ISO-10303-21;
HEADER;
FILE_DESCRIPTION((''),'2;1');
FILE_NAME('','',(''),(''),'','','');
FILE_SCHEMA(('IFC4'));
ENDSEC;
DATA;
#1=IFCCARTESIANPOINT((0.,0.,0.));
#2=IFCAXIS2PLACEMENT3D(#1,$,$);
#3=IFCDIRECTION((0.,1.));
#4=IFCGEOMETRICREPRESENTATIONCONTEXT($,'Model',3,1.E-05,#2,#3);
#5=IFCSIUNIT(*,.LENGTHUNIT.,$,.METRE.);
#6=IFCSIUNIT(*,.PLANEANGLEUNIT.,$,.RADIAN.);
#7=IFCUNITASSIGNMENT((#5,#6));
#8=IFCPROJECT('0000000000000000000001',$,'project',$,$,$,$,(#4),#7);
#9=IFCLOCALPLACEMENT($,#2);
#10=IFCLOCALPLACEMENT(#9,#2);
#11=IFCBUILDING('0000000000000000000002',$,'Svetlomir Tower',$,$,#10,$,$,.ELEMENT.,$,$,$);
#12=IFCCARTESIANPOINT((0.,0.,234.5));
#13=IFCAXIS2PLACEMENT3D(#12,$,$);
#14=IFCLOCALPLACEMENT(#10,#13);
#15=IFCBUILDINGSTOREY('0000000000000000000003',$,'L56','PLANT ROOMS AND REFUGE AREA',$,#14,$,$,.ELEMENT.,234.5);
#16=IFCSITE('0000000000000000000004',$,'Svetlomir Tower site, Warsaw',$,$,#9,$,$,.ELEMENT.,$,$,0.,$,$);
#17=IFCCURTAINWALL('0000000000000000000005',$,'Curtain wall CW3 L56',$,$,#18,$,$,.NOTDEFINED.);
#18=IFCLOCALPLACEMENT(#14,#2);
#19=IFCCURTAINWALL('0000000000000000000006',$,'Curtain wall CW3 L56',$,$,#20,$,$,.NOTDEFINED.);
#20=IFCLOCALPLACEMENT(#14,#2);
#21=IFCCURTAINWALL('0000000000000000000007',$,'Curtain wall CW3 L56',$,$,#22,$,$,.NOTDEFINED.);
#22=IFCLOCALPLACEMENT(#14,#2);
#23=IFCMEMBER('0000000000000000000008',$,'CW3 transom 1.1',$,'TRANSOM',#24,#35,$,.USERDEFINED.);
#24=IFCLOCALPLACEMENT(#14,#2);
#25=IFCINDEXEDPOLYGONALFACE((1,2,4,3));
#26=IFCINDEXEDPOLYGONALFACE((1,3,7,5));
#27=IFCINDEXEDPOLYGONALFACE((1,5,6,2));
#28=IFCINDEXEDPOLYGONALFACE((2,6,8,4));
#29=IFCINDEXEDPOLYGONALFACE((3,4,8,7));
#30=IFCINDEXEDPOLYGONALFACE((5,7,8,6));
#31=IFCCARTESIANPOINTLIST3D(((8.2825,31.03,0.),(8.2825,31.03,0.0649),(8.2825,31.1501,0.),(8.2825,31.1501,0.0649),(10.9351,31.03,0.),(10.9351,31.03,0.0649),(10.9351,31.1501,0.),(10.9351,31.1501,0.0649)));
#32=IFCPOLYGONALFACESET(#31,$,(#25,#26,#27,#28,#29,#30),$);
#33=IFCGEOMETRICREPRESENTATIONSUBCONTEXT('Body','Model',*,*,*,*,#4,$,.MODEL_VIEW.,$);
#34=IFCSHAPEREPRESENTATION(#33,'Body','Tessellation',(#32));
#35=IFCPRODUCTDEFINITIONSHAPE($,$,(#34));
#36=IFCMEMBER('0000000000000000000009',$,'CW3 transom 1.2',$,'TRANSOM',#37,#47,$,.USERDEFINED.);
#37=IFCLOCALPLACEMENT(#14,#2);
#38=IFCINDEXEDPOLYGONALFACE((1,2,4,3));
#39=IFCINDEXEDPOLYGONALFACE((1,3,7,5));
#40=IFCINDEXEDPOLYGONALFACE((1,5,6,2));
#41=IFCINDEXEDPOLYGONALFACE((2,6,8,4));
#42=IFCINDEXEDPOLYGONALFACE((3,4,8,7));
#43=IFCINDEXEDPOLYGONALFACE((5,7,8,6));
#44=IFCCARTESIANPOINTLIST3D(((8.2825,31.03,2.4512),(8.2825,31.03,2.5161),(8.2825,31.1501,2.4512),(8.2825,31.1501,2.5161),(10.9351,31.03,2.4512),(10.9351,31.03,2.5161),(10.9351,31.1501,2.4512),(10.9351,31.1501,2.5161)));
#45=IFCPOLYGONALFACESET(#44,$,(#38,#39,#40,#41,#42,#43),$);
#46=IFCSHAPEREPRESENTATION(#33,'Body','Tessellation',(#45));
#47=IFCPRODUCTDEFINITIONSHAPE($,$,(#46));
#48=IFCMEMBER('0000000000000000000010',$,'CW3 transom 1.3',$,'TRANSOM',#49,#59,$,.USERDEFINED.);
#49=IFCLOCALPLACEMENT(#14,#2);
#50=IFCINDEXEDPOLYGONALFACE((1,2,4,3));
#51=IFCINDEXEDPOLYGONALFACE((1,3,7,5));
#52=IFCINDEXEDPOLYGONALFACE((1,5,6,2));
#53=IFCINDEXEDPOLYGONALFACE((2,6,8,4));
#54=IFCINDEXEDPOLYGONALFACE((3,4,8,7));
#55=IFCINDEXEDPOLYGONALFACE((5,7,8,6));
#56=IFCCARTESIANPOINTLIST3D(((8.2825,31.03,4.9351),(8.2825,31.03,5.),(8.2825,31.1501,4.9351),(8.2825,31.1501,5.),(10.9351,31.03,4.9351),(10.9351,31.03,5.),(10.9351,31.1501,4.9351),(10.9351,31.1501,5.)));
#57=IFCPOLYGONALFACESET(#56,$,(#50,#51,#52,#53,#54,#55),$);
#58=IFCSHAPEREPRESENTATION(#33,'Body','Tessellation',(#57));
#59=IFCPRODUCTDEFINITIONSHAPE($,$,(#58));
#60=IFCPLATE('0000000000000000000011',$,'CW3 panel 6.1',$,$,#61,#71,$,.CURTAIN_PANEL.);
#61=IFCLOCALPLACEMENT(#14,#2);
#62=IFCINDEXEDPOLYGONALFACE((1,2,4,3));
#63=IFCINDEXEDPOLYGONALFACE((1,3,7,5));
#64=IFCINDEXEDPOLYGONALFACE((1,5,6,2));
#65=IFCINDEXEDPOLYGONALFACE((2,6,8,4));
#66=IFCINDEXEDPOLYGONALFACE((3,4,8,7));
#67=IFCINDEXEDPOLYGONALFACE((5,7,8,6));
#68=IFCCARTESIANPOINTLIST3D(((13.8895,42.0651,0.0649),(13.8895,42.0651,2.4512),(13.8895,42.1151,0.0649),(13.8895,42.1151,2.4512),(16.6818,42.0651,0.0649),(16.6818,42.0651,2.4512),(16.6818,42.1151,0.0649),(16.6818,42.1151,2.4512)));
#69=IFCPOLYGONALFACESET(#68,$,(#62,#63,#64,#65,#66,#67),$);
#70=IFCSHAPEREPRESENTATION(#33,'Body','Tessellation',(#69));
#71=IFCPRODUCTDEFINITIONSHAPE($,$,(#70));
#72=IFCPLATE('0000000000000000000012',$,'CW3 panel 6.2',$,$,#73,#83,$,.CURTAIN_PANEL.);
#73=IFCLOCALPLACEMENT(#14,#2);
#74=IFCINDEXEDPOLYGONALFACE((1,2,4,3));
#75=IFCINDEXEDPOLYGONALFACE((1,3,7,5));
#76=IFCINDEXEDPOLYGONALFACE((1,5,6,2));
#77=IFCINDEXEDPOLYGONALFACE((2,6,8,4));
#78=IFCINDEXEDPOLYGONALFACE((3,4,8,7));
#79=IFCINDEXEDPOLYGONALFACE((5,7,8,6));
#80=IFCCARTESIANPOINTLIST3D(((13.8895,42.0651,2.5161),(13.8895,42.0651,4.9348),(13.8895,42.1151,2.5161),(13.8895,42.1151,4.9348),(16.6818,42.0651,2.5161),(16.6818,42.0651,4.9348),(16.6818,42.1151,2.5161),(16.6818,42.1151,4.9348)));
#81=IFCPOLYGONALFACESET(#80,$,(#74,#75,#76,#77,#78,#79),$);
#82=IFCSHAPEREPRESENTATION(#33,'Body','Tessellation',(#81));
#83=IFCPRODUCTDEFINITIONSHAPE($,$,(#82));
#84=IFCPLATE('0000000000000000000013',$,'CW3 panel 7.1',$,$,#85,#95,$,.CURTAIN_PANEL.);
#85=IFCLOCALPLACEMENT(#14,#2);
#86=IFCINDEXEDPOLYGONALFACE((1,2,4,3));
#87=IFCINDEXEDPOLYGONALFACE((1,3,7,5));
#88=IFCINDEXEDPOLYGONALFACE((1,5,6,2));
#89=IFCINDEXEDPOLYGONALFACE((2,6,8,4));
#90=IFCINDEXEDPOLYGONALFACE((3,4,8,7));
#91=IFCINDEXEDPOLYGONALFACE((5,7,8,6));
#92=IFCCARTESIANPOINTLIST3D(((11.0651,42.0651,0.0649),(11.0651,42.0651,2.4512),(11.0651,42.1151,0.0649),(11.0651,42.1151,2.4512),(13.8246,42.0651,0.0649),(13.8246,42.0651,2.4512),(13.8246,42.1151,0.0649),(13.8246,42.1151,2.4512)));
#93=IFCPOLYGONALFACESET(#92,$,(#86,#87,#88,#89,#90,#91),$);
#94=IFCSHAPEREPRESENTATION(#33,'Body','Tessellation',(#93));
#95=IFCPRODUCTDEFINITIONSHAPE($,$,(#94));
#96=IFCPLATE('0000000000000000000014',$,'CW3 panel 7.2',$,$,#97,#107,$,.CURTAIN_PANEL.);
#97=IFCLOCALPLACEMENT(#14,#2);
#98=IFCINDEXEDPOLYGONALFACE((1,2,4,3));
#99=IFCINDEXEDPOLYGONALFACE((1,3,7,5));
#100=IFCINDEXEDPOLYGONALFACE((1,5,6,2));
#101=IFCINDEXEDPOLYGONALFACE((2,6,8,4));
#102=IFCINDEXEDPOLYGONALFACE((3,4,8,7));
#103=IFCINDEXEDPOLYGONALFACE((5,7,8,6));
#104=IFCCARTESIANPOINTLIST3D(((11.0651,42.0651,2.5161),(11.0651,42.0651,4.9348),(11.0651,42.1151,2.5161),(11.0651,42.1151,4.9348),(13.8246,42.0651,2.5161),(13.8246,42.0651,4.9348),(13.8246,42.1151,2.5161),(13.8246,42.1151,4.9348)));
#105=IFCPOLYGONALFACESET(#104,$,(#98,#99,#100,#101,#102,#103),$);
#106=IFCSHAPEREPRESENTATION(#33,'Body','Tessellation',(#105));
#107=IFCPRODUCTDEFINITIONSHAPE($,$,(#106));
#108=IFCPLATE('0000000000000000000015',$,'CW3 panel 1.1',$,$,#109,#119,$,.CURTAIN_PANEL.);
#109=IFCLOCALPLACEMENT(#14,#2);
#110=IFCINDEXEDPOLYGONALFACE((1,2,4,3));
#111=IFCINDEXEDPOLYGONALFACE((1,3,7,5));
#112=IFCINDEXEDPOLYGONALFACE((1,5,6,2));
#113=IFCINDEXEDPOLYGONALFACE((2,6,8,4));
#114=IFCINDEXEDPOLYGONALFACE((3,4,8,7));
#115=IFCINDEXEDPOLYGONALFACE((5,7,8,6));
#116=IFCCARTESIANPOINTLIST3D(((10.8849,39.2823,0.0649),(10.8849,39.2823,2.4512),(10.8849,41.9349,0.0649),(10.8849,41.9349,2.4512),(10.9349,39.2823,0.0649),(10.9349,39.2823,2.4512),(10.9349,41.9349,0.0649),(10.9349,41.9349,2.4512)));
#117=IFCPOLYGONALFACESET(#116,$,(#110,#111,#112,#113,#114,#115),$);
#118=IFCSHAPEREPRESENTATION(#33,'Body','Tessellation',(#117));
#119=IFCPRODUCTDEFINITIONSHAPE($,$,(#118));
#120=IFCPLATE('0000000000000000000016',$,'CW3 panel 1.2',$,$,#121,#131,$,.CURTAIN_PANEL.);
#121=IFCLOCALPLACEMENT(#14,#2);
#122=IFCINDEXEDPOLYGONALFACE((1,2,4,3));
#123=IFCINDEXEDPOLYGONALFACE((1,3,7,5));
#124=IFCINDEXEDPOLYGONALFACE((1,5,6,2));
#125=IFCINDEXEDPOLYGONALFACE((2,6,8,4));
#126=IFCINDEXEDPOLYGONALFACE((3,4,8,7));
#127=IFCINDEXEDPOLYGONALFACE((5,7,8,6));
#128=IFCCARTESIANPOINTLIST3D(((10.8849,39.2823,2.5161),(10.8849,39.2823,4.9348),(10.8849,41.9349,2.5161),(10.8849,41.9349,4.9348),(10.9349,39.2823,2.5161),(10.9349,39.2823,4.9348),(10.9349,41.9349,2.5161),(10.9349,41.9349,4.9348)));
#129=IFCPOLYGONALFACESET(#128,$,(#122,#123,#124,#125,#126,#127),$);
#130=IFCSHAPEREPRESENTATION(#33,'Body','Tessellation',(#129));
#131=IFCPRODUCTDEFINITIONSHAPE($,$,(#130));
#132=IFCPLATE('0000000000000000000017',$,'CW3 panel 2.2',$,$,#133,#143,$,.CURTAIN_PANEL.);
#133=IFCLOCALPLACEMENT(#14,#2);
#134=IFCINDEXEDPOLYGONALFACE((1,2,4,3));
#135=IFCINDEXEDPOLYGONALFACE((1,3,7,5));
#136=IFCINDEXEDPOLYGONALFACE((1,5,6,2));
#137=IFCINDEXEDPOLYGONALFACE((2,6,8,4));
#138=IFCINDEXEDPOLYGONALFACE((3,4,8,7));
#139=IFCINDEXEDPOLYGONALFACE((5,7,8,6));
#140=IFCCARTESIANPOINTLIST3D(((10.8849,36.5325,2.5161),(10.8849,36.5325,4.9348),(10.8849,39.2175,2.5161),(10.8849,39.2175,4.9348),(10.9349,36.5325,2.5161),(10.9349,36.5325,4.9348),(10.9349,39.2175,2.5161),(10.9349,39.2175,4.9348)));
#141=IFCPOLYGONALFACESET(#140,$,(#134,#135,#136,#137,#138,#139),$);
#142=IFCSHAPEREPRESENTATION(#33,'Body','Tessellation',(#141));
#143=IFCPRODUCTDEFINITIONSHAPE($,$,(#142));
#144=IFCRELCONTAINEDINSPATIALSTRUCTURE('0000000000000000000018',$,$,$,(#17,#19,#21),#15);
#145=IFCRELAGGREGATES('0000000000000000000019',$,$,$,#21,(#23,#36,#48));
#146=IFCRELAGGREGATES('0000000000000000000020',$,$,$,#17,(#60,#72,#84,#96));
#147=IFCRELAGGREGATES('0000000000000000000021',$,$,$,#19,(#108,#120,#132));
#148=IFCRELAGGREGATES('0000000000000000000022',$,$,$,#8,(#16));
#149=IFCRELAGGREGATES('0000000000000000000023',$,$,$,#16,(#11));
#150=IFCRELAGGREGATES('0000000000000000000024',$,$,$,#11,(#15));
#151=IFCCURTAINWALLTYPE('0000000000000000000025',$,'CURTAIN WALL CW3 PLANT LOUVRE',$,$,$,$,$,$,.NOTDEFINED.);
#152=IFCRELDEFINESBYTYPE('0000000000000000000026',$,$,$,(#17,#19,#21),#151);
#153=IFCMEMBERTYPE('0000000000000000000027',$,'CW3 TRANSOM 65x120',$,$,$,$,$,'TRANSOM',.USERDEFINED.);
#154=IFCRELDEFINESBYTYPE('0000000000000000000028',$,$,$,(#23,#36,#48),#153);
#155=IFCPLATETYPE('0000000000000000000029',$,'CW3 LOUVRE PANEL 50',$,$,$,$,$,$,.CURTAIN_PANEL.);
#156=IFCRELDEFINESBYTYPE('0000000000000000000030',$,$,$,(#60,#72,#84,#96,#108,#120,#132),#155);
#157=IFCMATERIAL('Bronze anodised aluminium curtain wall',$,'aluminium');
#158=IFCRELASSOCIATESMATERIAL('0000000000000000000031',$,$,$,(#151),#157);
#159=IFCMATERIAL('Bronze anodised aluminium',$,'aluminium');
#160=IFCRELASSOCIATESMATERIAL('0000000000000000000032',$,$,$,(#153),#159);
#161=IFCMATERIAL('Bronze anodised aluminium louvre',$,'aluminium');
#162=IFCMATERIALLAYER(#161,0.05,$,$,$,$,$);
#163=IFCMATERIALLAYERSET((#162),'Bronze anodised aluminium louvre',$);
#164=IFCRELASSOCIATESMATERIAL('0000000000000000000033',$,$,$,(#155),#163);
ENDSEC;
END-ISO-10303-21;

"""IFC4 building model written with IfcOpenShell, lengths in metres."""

from ifc_helpers import new_model, si_unit, direction, frame, origin, origin_2d, place, context, subcontext, project, spatial, rectangle, extrude, material, layer, layer_set, material_profile, profile_set, type_object, element, aggregate, save


model = new_model("IFC4")

# Units and contexts
model_context = context("Model", 3, precision=1e-05, world=origin(), true_north=direction((0.0, 1.0)))
body_context = subcontext(model_context, "Body", "Model", "MODEL_VIEW")
ifc_project = project(units=[si_unit("LENGTHUNIT", "METRE"), si_unit("PLANEANGLEUNIT", "RADIAN")], contexts=[model_context])

# Site, building, storey
site_placement = place(None, origin())
site = spatial("IfcSite", under=ifc_project, at=site_placement, Name="Svetlomir Tower site, Warsaw", CompositionType="ELEMENT", RefElevation=0.0)
building_placement = place(site_placement, origin())
building = spatial("IfcBuilding", under=site, at=building_placement, Name="Svetlomir Tower", CompositionType="ELEMENT")
storey_placement = place(building_placement, frame((0.0, 0.0, 234.5)))
storey = spatial("IfcBuildingStorey", under=building, at=storey_placement, Name="L56", Description="PLANT ROOMS AND REFUGE AREA", CompositionType="ELEMENT", Elevation=234.5)

# Curtain walls
ifc_material_1 = material(Name="Bronze anodised aluminium curtain wall", Category="aluminium")
curtain_wall_type = type_object("IfcCurtainWallType", Name="CURTAIN WALL CW3 PLANT LOUVRE", PredefinedType="NOTDEFINED", material=ifc_material_1)
curtain_wall_1_placement = place(storey_placement, origin())
curtain_wall_1 = element("IfcCurtainWall", 1, at=curtain_wall_1_placement, inside=storey, type_object=curtain_wall_type, Name="Curtain wall CW3 L56", PredefinedType="NOTDEFINED")
curtain_wall_2_placement = place(storey_placement, origin())
curtain_wall_2 = element("IfcCurtainWall", 2, at=curtain_wall_2_placement, inside=storey, type_object=curtain_wall_type, Name="Curtain wall CW3 L56", PredefinedType="NOTDEFINED")

# Curtain wall
curtain_wall_3_placement = place(storey_placement, origin())
curtain_wall_3 = element("IfcCurtainWall", 3, at=curtain_wall_3_placement, inside=storey, type_object=curtain_wall_type, Name="Curtain wall CW3 L56", PredefinedType="NOTDEFINED")

# Members
ifc_material_2 = material(Name="Bronze anodised aluminium", Category="aluminium")
ifc_material_profile_1 = material_profile(ifc_material_2, rectangle(XDim=0.1201, YDim=0.0649, at=origin_2d()), Name="AL 120x65")
ifc_profile_set_1 = profile_set([ifc_material_profile_1], Name="Bronze anodised aluminium 6063-T6")
member_type_1 = type_object("IfcMemberType", Name="CW3 TRANSOM 65x120", ElementType="TRANSOM", PredefinedType="USERDEFINED", material=ifc_profile_set_1)
member_1_placement = place(storey_placement, frame((10.9351, 31.0901, 0.0325), z_axis=(-1.0, 0.0, 0.0), x_axis=(0.0, -1.0, 0.0)))
member_1 = element("IfcMember", 4, at=member_1_placement, type_object=member_type_1, Name="CW3 transom 1.1", ObjectType="TRANSOM", PredefinedType="USERDEFINED", context=body_context, shape_type="SweptSolid", body=[
    extrude(rectangle(XDim=0.1201, YDim=0.0649, at=origin_2d()), origin(), (0.0, 0.0, 1.0), 2.6526),
])
member_2_placement = place(storey_placement, frame((10.9351, 31.0901, 2.4836), z_axis=(-1.0, 0.0, 0.0), x_axis=(0.0, -1.0, 0.0)))
member_2 = element("IfcMember", 5, at=member_2_placement, type_object=member_type_1, Name="CW3 transom 1.2", ObjectType="TRANSOM", PredefinedType="USERDEFINED", context=body_context, shape_type="SweptSolid", body=[
    extrude(rectangle(XDim=0.1201, YDim=0.0649, at=origin_2d()), origin(), (0.0, 0.0, 1.0), 2.6526),
])
member_3_placement = place(storey_placement, frame((10.9351, 31.0901, 4.9675), z_axis=(-1.0, 0.0, 0.0), x_axis=(0.0, -1.0, 0.0)))
member_3 = element("IfcMember", 6, at=member_3_placement, type_object=member_type_1, Name="CW3 transom 1.3", ObjectType="TRANSOM", PredefinedType="USERDEFINED", context=body_context, shape_type="SweptSolid", body=[
    extrude(rectangle(XDim=0.1201, YDim=0.0649, at=origin_2d()), origin(), (0.0, 0.0, 1.0), 2.6526),
])
aggregate(curtain_wall_3, [member_1, member_2, member_3])

# Plates
ifc_material_3 = material(Name="Bronze anodised aluminium louvre", Category="aluminium")
ifc_layer = layer(ifc_material_3, 0.05)
ifc_layer_set = layer_set([ifc_layer], Name="Bronze anodised aluminium louvre")
plate_type = type_object("IfcPlateType", Name="CW3 LOUVRE PANEL 50", PredefinedType="CURTAIN_PANEL", material=ifc_layer_set)
plate_1_placement = place(storey_placement, frame((15.2856, 42.0901, 0.0649), z_axis=(0.0, 0.0, 1.0), x_axis=(-1.0, 0.0, 0.0)))
plate_1 = element("IfcPlate", 7, at=plate_1_placement, type_object=plate_type, Name="CW3 panel 6.1", PredefinedType="CURTAIN_PANEL", context=body_context, shape_type="SweptSolid", body=[
    extrude(rectangle(XDim=2.7922, YDim=0.05, at=origin_2d()), origin(), (0.0, 0.0, 1.0), 2.3862),
])
plate_2_placement = place(storey_placement, frame((15.2856, 42.0901, 2.5161), z_axis=(0.0, 0.0, 1.0), x_axis=(-1.0, 0.0, 0.0)))
plate_2 = element("IfcPlate", 8, at=plate_2_placement, type_object=plate_type, Name="CW3 panel 6.2", PredefinedType="CURTAIN_PANEL", context=body_context, shape_type="SweptSolid", body=[
    extrude(rectangle(XDim=2.7922, YDim=0.05, at=origin_2d()), origin(), (0.0, 0.0, 1.0), 2.4187),
])
plate_3_placement = place(storey_placement, frame((12.4448, 42.0901, 0.0649), z_axis=(0.0, 0.0, 1.0), x_axis=(-1.0, 0.0, 0.0)))
plate_3 = element("IfcPlate", 9, at=plate_3_placement, type_object=plate_type, Name="CW3 panel 7.1", PredefinedType="CURTAIN_PANEL", context=body_context, shape_type="SweptSolid", body=[
    extrude(rectangle(XDim=2.7595, YDim=0.05, at=origin_2d()), origin(), (0.0, 0.0, 1.0), 2.3862),
])
plate_4_placement = place(storey_placement, frame((12.4448, 42.0901, 2.5161), z_axis=(0.0, 0.0, 1.0), x_axis=(-1.0, 0.0, 0.0)))
plate_4 = element("IfcPlate", 10, at=plate_4_placement, type_object=plate_type, Name="CW3 panel 7.2", PredefinedType="CURTAIN_PANEL", context=body_context, shape_type="SweptSolid", body=[
    extrude(rectangle(XDim=2.7595, YDim=0.05, at=origin_2d()), origin(), (0.0, 0.0, 1.0), 2.4187),
])
aggregate(curtain_wall_1, [plate_1, plate_2, plate_3, plate_4])
plate_5_placement = place(storey_placement, frame((10.9099, 40.6086, 0.0649), z_axis=(0.0, 0.0, 1.0), x_axis=(0.0, -1.0, 0.0)))
plate_5 = element("IfcPlate", 11, at=plate_5_placement, type_object=plate_type, Name="CW3 panel 1.1", PredefinedType="CURTAIN_PANEL", context=body_context, shape_type="SweptSolid", body=[
    extrude(rectangle(XDim=2.6526, YDim=0.05, at=origin_2d()), origin(), (0.0, 0.0, 1.0), 2.3862),
])
plate_6_placement = place(storey_placement, frame((10.9099, 40.6086, 2.5161), z_axis=(0.0, 0.0, 1.0), x_axis=(0.0, -1.0, 0.0)))
plate_6 = element("IfcPlate", 12, at=plate_6_placement, type_object=plate_type, Name="CW3 panel 1.2", PredefinedType="CURTAIN_PANEL", context=body_context, shape_type="SweptSolid", body=[
    extrude(rectangle(XDim=2.6526, YDim=0.05, at=origin_2d()), origin(), (0.0, 0.0, 1.0), 2.4187),
])
plate_7_placement = place(storey_placement, frame((10.9099, 37.875, 2.5161), z_axis=(0.0, 0.0, 1.0), x_axis=(0.0, -1.0, 0.0)))
plate_7 = element("IfcPlate", 13, at=plate_7_placement, type_object=plate_type, Name="CW3 panel 2.2", PredefinedType="CURTAIN_PANEL", context=body_context, shape_type="SweptSolid", body=[
    extrude(rectangle(XDim=2.6851, YDim=0.05, at=origin_2d()), origin(), (0.0, 0.0, 1.0), 2.4187),
])
aggregate(curtain_wall_2, [plate_5, plate_6, plate_7])

save(model, "model.ifc")
